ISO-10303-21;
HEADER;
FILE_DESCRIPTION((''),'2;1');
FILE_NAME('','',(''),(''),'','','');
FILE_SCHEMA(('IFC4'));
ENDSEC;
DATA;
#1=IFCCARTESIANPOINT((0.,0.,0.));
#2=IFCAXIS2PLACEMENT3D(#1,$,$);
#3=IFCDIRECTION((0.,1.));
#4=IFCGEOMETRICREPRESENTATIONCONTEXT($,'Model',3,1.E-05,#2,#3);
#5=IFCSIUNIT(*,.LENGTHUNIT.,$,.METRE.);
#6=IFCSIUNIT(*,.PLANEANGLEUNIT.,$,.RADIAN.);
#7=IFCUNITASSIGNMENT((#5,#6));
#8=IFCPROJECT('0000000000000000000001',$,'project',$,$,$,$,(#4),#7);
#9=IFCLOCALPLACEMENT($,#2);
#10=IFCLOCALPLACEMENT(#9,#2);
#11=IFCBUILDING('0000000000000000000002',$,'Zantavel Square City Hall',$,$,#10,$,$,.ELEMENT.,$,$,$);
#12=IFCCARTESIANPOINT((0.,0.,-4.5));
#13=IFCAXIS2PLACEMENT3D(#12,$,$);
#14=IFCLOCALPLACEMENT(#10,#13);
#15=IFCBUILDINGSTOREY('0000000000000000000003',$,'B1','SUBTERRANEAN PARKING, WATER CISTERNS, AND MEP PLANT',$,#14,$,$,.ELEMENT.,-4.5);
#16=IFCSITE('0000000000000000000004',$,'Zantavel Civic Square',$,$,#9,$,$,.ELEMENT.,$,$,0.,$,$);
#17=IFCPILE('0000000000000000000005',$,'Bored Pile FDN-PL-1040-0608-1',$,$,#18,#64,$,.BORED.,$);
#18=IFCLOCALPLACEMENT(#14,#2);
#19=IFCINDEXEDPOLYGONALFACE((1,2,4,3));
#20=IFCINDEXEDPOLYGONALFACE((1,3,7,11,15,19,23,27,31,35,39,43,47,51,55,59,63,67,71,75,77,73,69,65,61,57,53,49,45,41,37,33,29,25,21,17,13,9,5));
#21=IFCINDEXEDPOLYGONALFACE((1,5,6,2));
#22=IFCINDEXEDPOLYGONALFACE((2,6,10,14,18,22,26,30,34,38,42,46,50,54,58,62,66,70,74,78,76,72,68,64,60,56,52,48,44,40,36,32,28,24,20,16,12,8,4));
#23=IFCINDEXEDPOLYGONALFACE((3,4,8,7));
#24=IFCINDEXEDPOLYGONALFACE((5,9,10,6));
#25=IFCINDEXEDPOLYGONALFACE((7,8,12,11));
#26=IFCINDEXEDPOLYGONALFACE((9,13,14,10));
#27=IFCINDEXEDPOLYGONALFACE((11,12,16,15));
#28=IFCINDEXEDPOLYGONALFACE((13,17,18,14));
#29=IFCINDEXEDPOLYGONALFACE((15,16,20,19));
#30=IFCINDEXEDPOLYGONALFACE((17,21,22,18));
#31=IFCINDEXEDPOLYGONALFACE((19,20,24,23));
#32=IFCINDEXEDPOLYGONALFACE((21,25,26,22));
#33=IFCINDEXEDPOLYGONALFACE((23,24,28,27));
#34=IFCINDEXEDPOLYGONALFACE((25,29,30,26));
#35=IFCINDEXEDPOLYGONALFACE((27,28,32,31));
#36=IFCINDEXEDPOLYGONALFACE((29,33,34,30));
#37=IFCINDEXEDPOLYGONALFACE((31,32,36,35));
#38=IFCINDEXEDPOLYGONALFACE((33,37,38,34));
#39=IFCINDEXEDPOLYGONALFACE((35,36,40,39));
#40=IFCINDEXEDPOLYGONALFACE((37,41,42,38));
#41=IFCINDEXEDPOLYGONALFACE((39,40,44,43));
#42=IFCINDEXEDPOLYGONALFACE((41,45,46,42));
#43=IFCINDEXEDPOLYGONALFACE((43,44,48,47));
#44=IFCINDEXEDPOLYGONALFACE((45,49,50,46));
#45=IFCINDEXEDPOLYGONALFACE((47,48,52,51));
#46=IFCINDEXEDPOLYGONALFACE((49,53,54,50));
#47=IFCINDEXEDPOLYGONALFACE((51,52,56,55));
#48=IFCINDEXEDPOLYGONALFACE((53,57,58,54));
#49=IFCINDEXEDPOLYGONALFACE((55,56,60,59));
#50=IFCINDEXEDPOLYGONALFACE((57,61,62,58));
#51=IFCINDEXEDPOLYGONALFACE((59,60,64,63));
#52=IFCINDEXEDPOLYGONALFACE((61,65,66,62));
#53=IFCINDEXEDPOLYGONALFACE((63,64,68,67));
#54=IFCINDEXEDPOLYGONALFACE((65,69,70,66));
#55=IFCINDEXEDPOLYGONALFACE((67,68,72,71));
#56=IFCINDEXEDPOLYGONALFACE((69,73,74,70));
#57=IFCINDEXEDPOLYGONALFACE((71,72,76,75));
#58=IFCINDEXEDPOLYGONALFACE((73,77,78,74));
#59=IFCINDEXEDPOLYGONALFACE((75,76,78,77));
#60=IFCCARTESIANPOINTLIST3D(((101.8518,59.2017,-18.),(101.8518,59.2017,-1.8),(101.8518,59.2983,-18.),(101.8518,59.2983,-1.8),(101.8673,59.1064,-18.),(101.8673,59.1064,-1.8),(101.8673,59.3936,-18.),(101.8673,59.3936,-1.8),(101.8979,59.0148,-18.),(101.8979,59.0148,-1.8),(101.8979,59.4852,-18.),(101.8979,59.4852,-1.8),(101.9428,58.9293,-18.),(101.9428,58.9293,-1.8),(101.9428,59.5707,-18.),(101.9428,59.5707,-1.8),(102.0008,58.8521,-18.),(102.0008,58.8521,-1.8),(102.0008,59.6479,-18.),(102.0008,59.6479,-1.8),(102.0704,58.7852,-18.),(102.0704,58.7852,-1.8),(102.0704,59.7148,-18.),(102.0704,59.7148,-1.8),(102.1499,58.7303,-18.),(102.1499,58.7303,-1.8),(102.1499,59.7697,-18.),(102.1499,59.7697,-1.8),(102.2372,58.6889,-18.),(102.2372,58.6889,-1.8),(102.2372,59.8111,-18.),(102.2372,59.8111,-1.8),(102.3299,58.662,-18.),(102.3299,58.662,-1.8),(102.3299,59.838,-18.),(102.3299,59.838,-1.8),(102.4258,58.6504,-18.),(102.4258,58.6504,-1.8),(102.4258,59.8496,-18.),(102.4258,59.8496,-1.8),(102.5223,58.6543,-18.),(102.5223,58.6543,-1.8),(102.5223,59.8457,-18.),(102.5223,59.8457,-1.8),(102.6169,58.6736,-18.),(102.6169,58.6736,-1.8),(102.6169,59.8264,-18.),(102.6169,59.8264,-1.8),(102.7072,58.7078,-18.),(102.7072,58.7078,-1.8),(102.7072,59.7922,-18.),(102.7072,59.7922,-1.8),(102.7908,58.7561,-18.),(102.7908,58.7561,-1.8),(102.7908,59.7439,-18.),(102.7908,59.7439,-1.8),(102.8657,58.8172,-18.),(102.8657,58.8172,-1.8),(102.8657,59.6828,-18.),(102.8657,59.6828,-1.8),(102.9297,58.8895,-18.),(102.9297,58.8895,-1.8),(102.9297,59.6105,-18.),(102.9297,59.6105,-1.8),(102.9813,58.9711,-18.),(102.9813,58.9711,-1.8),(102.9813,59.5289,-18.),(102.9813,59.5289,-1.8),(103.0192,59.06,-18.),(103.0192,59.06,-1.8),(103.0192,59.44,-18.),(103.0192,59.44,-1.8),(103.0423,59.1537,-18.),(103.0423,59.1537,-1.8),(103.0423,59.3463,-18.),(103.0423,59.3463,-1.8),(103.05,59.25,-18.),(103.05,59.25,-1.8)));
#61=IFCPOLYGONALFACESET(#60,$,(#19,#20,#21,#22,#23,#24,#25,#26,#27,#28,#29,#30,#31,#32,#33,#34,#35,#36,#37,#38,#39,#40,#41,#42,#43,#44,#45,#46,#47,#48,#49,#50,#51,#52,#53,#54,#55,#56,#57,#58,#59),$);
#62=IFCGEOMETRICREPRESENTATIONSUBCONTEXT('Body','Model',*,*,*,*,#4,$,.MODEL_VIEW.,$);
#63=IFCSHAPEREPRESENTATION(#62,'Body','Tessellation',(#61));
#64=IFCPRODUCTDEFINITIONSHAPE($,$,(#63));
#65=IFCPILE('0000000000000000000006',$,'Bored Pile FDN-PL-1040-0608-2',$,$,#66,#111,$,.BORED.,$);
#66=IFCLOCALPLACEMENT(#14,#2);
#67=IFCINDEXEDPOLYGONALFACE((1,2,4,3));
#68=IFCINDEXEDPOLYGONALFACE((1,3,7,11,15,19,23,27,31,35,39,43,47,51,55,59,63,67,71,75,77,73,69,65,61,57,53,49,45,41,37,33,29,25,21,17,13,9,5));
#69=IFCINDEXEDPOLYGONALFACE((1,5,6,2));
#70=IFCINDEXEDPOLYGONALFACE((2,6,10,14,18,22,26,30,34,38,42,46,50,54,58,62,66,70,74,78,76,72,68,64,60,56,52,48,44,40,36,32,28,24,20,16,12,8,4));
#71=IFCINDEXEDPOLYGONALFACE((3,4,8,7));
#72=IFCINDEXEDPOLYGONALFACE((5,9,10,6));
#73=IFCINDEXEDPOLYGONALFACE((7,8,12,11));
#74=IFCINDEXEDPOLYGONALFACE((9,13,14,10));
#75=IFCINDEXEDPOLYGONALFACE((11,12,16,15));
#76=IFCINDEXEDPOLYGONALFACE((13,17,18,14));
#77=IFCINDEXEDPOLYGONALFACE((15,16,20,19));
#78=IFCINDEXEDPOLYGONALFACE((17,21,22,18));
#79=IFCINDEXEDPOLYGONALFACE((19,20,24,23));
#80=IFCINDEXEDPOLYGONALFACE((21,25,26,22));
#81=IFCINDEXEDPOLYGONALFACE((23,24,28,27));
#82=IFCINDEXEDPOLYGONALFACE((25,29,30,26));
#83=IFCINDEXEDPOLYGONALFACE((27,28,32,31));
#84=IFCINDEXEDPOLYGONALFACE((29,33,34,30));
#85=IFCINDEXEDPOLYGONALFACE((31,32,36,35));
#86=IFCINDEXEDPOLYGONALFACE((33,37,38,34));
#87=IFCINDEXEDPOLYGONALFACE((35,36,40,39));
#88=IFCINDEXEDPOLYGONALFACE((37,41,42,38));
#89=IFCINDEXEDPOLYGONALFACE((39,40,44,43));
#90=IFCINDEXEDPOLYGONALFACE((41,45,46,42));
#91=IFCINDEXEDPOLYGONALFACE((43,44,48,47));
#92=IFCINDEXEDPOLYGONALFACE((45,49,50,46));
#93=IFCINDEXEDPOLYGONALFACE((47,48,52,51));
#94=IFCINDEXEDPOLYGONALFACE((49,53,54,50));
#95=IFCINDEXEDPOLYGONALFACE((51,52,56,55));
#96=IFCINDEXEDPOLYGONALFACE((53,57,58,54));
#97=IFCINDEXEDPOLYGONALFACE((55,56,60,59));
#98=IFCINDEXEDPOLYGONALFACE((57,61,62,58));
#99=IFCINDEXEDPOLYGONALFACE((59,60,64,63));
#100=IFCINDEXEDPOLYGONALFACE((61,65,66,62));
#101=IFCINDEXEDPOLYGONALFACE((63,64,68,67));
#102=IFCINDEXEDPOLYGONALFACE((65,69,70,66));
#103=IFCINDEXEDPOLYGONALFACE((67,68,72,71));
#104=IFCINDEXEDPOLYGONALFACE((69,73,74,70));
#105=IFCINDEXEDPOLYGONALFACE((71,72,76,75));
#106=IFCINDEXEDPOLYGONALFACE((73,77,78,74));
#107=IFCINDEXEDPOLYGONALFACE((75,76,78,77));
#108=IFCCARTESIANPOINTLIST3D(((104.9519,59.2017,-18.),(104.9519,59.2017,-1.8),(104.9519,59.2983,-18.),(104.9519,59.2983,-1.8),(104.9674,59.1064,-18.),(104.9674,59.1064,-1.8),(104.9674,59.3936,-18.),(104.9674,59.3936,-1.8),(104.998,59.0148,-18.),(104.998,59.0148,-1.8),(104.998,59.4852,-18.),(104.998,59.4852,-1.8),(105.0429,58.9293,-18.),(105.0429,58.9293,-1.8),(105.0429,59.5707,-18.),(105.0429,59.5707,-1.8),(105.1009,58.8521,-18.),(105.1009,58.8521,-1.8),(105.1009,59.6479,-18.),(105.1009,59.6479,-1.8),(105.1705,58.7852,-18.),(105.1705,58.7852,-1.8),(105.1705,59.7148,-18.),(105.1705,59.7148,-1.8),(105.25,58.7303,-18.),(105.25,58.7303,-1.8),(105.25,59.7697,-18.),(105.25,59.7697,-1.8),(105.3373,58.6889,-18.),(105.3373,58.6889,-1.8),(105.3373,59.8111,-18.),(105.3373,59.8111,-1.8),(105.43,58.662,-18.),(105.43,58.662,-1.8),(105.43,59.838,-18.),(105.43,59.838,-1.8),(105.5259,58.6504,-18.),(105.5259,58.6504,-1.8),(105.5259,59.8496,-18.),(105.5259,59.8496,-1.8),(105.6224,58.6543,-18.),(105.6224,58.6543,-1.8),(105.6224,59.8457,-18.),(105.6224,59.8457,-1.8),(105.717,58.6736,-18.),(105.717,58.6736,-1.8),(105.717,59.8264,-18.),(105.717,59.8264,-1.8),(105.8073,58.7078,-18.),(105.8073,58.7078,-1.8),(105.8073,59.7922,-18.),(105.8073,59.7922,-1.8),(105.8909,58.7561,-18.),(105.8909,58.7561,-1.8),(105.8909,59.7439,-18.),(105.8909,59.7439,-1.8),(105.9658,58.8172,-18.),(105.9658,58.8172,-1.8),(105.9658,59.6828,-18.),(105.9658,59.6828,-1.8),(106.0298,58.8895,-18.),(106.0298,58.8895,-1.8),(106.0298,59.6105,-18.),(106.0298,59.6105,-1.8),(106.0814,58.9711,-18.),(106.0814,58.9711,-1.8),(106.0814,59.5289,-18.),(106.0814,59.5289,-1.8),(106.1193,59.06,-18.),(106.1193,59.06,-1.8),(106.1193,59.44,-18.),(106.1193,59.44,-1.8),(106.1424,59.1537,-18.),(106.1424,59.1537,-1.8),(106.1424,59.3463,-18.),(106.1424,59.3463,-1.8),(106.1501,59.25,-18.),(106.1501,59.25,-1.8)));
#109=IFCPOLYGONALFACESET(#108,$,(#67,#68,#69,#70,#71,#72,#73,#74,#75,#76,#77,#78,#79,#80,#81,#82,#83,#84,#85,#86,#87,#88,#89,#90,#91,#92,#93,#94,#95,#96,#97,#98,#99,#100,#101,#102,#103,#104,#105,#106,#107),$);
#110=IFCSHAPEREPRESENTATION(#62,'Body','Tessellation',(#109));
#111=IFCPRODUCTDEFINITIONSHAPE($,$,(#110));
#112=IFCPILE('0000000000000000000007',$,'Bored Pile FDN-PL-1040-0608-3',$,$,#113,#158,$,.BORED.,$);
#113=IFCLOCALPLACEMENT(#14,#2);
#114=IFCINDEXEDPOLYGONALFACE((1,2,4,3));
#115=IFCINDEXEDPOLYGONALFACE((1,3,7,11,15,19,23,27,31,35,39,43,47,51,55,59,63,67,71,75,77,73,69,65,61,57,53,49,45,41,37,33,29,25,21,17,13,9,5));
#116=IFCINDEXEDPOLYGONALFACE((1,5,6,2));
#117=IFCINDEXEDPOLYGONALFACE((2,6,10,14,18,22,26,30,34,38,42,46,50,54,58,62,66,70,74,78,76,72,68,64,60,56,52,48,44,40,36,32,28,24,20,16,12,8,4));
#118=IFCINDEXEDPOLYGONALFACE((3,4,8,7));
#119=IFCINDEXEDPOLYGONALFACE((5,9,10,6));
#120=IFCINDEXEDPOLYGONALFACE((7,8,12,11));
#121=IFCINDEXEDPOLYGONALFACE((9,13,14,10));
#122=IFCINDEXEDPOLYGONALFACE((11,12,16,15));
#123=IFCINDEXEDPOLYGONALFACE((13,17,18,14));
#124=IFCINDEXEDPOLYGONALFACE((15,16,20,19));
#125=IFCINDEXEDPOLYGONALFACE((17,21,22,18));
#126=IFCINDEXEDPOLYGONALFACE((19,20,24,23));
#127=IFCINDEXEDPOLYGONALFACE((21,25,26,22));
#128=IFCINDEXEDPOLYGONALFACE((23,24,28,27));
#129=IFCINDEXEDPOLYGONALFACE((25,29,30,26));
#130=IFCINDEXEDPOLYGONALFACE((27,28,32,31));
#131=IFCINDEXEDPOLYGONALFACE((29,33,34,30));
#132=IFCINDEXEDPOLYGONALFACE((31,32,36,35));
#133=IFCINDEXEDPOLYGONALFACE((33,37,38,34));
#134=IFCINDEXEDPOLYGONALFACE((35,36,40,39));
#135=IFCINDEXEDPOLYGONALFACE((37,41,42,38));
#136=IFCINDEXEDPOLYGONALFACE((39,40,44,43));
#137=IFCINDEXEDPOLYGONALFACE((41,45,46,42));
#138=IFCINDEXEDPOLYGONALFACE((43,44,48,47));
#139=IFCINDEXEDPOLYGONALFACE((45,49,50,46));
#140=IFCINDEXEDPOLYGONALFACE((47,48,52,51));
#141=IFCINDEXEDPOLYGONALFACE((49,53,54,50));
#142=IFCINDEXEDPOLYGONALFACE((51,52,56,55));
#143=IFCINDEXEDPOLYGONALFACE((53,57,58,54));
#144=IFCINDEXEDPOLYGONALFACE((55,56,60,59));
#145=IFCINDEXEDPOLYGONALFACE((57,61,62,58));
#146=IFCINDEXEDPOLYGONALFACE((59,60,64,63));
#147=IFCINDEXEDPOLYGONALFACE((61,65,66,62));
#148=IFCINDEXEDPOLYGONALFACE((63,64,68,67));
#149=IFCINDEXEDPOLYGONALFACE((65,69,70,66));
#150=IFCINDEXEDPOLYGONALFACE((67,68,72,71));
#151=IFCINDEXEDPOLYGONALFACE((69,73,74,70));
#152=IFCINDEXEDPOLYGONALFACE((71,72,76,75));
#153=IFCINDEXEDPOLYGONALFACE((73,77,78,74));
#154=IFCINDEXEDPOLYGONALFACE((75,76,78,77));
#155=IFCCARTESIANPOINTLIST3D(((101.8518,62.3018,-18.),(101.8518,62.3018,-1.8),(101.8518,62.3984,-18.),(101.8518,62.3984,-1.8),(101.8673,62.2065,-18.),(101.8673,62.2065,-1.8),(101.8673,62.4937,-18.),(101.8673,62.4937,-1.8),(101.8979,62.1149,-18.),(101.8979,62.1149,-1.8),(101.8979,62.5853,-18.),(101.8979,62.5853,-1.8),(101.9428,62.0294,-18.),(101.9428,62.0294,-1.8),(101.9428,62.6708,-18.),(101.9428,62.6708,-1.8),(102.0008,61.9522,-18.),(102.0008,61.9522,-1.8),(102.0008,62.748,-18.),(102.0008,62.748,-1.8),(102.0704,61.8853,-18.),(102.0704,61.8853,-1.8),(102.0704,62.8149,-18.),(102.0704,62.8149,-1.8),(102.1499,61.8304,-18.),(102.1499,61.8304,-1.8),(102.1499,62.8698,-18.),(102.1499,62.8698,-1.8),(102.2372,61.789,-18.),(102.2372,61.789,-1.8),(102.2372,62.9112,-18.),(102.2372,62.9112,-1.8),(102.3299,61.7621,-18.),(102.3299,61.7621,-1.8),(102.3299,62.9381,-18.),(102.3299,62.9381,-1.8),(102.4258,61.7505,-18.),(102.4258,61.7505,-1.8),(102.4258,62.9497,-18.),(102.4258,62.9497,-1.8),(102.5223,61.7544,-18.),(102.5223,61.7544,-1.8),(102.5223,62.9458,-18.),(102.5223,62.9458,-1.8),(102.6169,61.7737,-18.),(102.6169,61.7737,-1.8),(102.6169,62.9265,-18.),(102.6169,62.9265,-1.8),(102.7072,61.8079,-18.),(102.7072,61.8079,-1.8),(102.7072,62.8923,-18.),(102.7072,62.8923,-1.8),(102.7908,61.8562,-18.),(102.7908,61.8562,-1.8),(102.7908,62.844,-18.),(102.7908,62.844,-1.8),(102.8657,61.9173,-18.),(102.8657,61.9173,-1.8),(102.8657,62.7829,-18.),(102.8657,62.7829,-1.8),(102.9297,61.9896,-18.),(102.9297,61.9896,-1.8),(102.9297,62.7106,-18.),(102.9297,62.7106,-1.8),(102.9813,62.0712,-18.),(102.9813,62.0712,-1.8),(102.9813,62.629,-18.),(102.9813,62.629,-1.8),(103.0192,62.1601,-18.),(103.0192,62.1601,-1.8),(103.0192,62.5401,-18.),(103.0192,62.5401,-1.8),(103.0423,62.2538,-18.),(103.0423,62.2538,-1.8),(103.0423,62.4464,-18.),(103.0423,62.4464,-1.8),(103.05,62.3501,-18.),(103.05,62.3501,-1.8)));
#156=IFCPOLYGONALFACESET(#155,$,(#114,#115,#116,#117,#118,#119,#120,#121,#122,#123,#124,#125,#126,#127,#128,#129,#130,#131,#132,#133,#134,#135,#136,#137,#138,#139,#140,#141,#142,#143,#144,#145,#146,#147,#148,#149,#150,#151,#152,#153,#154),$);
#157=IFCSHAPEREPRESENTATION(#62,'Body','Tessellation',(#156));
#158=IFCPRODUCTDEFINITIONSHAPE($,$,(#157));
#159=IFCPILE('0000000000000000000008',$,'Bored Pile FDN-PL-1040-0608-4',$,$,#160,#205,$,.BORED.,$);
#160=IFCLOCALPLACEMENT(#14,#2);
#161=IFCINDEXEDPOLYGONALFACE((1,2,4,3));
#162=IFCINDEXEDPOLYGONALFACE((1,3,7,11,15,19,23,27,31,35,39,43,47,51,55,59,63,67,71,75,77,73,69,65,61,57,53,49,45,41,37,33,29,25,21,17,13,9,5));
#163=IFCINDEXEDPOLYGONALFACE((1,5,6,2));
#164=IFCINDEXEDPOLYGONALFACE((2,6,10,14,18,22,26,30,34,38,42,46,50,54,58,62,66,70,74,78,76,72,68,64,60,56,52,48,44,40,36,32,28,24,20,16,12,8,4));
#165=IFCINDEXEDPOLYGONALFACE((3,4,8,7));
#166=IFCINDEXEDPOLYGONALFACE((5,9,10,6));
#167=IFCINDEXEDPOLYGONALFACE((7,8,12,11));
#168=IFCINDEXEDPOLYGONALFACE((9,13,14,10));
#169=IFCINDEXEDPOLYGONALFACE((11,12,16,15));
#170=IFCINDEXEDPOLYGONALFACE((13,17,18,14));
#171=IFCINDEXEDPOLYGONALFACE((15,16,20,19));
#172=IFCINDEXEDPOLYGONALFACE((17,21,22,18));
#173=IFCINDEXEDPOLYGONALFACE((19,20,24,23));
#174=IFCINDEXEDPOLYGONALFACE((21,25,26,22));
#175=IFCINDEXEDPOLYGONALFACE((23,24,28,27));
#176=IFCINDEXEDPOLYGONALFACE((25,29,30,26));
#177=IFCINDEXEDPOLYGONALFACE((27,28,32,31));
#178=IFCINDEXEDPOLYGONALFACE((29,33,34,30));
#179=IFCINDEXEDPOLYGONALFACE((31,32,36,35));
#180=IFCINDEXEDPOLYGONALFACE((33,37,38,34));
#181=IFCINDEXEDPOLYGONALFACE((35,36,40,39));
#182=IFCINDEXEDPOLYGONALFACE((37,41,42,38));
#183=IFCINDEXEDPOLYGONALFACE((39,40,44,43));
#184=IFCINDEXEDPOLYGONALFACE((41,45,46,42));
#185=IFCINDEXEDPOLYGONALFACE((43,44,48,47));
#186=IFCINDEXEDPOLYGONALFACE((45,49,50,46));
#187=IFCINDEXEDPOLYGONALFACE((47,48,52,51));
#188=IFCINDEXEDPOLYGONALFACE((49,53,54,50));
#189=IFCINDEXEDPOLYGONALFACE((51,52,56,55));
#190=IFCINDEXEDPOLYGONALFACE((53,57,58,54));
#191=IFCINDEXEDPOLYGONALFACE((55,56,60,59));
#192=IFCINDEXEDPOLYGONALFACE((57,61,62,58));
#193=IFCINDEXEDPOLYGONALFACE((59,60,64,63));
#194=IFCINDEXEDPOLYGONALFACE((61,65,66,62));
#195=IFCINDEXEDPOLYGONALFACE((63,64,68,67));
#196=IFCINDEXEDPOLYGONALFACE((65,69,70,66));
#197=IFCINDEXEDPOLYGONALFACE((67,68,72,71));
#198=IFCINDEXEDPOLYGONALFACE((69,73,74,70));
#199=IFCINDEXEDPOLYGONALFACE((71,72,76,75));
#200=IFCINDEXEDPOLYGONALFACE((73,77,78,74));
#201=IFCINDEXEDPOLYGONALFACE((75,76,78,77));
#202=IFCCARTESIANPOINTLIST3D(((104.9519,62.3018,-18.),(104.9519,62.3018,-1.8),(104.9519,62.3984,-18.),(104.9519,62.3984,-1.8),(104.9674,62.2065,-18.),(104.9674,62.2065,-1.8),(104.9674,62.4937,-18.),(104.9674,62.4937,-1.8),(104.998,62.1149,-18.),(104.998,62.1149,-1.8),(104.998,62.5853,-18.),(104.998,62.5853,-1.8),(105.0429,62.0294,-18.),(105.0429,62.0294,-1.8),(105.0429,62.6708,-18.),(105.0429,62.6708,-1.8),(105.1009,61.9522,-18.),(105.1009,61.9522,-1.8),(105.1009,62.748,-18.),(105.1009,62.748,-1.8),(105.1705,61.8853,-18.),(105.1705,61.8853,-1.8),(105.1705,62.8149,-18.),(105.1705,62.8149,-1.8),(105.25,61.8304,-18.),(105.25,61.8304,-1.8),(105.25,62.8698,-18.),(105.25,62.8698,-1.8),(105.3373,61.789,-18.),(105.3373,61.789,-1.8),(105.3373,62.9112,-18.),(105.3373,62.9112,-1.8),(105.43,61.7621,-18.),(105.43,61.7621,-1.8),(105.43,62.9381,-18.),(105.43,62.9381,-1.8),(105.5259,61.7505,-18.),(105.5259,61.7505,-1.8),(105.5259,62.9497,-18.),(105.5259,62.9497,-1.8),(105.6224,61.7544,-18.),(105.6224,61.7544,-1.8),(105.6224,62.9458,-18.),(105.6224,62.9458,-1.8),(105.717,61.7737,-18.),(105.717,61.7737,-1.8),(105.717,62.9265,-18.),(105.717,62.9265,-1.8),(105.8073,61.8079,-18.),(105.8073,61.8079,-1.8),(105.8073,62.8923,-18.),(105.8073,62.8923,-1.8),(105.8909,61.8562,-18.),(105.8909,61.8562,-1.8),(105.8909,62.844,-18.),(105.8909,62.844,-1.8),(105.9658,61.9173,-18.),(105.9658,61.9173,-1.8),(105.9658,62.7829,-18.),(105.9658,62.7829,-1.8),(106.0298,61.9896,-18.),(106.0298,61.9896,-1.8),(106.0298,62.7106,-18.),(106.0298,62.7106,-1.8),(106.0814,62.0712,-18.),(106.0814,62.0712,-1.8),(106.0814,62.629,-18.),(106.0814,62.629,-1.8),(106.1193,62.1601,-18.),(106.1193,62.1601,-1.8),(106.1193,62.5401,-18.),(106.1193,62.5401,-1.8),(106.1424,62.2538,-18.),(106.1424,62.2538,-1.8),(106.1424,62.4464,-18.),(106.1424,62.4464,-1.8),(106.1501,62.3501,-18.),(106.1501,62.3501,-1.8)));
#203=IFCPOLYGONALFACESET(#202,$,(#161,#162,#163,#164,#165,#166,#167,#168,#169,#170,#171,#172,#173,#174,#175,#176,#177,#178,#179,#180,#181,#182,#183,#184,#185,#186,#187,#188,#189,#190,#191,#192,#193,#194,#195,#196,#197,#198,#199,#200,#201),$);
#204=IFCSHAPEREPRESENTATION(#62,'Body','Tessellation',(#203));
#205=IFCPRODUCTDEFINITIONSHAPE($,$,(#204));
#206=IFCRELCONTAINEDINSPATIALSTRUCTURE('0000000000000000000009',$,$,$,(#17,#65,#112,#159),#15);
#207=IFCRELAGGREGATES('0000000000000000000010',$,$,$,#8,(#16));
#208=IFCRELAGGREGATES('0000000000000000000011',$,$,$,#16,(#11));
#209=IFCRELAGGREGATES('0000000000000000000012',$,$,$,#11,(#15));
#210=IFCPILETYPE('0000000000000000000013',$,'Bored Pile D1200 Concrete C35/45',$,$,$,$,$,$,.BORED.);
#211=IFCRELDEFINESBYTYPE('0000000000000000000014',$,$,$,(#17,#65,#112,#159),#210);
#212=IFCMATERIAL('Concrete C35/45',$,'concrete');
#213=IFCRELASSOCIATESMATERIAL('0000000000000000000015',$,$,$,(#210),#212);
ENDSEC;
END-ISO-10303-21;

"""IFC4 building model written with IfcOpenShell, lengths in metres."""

from ifc_helpers import new_model, si_unit, direction, frame, origin, origin_2d, place, context, subcontext, project, spatial, circle, extrude, material, material_profile, profile_set, type_object, element, save


model = new_model("IFC4")

# Units and contexts
model_context = context("Model", 3, precision=1e-05, world=origin(), true_north=direction((0.0, 1.0)))
body_context = subcontext(model_context, "Body", "Model", "MODEL_VIEW")
ifc_project = project(units=[si_unit("LENGTHUNIT", "METRE"), si_unit("PLANEANGLEUNIT", "RADIAN")], contexts=[model_context])

# Site, building, storey
site_placement = place(None, origin())
site = spatial("IfcSite", under=ifc_project, at=site_placement, Name="Zantavel Civic Square", CompositionType="ELEMENT", RefElevation=0.0)
building_placement = place(site_placement, origin())
building = spatial("IfcBuilding", under=site, at=building_placement, Name="Zantavel Square City Hall", CompositionType="ELEMENT")
storey_placement = place(building_placement, frame((0.0, 0.0, -4.5)))
storey = spatial("IfcBuildingStorey", under=building, at=storey_placement, Name="B1", Description="SUBTERRANEAN PARKING, WATER CISTERNS, AND MEP PLANT", CompositionType="ELEMENT", Elevation=-4.5)

# Piles
ifc_material_1 = material(Name="Concrete C35/45", Category="concrete")
ifc_material_profile_1 = material_profile(ifc_material_1, circle(Radius=0.6001, at=origin_2d()), Name="PILE D1200")
ifc_profile_set_1 = profile_set([ifc_material_profile_1], Name="Concrete C35/45")
pile_type = type_object("IfcPileType", Name="Bored Pile D1200 Concrete C35/45", PredefinedType="BORED", material=ifc_profile_set_1)
for number, where, z_axis, x_axis, name in (
    (1, (102.45, 59.25, -1.8), (0.0, 0.0, -1.0), (1.0, 0.0, 0.0), "Bored Pile FDN-PL-1040-0608-1"),
    (2, (105.55, 59.25, -1.8), (0.0, 0.0, -1.0), (1.0, 0.0, 0.0), "Bored Pile FDN-PL-1040-0608-2"),
    (3, (102.45, 62.3501, -1.8), (0.0, 0.0, -1.0), (1.0, 0.0, 0.0), "Bored Pile FDN-PL-1040-0608-3"),
    (4, (105.55, 62.3501, -1.8), (0.0, 0.0, -1.0), (1.0, 0.0, 0.0), "Bored Pile FDN-PL-1040-0608-4"),
):
    element("IfcPile", number, at=place(storey_placement, frame(where, z_axis=z_axis, x_axis=x_axis)), inside=storey, type_object=pile_type, Name=name, PredefinedType="BORED", context=body_context, shape_type="SweptSolid", body=[
        extrude(circle(Radius=0.6001, at=origin_2d()), origin(), (0.0, 0.0, 1.0), 16.2),
    ])

save(model, "model.ifc")
